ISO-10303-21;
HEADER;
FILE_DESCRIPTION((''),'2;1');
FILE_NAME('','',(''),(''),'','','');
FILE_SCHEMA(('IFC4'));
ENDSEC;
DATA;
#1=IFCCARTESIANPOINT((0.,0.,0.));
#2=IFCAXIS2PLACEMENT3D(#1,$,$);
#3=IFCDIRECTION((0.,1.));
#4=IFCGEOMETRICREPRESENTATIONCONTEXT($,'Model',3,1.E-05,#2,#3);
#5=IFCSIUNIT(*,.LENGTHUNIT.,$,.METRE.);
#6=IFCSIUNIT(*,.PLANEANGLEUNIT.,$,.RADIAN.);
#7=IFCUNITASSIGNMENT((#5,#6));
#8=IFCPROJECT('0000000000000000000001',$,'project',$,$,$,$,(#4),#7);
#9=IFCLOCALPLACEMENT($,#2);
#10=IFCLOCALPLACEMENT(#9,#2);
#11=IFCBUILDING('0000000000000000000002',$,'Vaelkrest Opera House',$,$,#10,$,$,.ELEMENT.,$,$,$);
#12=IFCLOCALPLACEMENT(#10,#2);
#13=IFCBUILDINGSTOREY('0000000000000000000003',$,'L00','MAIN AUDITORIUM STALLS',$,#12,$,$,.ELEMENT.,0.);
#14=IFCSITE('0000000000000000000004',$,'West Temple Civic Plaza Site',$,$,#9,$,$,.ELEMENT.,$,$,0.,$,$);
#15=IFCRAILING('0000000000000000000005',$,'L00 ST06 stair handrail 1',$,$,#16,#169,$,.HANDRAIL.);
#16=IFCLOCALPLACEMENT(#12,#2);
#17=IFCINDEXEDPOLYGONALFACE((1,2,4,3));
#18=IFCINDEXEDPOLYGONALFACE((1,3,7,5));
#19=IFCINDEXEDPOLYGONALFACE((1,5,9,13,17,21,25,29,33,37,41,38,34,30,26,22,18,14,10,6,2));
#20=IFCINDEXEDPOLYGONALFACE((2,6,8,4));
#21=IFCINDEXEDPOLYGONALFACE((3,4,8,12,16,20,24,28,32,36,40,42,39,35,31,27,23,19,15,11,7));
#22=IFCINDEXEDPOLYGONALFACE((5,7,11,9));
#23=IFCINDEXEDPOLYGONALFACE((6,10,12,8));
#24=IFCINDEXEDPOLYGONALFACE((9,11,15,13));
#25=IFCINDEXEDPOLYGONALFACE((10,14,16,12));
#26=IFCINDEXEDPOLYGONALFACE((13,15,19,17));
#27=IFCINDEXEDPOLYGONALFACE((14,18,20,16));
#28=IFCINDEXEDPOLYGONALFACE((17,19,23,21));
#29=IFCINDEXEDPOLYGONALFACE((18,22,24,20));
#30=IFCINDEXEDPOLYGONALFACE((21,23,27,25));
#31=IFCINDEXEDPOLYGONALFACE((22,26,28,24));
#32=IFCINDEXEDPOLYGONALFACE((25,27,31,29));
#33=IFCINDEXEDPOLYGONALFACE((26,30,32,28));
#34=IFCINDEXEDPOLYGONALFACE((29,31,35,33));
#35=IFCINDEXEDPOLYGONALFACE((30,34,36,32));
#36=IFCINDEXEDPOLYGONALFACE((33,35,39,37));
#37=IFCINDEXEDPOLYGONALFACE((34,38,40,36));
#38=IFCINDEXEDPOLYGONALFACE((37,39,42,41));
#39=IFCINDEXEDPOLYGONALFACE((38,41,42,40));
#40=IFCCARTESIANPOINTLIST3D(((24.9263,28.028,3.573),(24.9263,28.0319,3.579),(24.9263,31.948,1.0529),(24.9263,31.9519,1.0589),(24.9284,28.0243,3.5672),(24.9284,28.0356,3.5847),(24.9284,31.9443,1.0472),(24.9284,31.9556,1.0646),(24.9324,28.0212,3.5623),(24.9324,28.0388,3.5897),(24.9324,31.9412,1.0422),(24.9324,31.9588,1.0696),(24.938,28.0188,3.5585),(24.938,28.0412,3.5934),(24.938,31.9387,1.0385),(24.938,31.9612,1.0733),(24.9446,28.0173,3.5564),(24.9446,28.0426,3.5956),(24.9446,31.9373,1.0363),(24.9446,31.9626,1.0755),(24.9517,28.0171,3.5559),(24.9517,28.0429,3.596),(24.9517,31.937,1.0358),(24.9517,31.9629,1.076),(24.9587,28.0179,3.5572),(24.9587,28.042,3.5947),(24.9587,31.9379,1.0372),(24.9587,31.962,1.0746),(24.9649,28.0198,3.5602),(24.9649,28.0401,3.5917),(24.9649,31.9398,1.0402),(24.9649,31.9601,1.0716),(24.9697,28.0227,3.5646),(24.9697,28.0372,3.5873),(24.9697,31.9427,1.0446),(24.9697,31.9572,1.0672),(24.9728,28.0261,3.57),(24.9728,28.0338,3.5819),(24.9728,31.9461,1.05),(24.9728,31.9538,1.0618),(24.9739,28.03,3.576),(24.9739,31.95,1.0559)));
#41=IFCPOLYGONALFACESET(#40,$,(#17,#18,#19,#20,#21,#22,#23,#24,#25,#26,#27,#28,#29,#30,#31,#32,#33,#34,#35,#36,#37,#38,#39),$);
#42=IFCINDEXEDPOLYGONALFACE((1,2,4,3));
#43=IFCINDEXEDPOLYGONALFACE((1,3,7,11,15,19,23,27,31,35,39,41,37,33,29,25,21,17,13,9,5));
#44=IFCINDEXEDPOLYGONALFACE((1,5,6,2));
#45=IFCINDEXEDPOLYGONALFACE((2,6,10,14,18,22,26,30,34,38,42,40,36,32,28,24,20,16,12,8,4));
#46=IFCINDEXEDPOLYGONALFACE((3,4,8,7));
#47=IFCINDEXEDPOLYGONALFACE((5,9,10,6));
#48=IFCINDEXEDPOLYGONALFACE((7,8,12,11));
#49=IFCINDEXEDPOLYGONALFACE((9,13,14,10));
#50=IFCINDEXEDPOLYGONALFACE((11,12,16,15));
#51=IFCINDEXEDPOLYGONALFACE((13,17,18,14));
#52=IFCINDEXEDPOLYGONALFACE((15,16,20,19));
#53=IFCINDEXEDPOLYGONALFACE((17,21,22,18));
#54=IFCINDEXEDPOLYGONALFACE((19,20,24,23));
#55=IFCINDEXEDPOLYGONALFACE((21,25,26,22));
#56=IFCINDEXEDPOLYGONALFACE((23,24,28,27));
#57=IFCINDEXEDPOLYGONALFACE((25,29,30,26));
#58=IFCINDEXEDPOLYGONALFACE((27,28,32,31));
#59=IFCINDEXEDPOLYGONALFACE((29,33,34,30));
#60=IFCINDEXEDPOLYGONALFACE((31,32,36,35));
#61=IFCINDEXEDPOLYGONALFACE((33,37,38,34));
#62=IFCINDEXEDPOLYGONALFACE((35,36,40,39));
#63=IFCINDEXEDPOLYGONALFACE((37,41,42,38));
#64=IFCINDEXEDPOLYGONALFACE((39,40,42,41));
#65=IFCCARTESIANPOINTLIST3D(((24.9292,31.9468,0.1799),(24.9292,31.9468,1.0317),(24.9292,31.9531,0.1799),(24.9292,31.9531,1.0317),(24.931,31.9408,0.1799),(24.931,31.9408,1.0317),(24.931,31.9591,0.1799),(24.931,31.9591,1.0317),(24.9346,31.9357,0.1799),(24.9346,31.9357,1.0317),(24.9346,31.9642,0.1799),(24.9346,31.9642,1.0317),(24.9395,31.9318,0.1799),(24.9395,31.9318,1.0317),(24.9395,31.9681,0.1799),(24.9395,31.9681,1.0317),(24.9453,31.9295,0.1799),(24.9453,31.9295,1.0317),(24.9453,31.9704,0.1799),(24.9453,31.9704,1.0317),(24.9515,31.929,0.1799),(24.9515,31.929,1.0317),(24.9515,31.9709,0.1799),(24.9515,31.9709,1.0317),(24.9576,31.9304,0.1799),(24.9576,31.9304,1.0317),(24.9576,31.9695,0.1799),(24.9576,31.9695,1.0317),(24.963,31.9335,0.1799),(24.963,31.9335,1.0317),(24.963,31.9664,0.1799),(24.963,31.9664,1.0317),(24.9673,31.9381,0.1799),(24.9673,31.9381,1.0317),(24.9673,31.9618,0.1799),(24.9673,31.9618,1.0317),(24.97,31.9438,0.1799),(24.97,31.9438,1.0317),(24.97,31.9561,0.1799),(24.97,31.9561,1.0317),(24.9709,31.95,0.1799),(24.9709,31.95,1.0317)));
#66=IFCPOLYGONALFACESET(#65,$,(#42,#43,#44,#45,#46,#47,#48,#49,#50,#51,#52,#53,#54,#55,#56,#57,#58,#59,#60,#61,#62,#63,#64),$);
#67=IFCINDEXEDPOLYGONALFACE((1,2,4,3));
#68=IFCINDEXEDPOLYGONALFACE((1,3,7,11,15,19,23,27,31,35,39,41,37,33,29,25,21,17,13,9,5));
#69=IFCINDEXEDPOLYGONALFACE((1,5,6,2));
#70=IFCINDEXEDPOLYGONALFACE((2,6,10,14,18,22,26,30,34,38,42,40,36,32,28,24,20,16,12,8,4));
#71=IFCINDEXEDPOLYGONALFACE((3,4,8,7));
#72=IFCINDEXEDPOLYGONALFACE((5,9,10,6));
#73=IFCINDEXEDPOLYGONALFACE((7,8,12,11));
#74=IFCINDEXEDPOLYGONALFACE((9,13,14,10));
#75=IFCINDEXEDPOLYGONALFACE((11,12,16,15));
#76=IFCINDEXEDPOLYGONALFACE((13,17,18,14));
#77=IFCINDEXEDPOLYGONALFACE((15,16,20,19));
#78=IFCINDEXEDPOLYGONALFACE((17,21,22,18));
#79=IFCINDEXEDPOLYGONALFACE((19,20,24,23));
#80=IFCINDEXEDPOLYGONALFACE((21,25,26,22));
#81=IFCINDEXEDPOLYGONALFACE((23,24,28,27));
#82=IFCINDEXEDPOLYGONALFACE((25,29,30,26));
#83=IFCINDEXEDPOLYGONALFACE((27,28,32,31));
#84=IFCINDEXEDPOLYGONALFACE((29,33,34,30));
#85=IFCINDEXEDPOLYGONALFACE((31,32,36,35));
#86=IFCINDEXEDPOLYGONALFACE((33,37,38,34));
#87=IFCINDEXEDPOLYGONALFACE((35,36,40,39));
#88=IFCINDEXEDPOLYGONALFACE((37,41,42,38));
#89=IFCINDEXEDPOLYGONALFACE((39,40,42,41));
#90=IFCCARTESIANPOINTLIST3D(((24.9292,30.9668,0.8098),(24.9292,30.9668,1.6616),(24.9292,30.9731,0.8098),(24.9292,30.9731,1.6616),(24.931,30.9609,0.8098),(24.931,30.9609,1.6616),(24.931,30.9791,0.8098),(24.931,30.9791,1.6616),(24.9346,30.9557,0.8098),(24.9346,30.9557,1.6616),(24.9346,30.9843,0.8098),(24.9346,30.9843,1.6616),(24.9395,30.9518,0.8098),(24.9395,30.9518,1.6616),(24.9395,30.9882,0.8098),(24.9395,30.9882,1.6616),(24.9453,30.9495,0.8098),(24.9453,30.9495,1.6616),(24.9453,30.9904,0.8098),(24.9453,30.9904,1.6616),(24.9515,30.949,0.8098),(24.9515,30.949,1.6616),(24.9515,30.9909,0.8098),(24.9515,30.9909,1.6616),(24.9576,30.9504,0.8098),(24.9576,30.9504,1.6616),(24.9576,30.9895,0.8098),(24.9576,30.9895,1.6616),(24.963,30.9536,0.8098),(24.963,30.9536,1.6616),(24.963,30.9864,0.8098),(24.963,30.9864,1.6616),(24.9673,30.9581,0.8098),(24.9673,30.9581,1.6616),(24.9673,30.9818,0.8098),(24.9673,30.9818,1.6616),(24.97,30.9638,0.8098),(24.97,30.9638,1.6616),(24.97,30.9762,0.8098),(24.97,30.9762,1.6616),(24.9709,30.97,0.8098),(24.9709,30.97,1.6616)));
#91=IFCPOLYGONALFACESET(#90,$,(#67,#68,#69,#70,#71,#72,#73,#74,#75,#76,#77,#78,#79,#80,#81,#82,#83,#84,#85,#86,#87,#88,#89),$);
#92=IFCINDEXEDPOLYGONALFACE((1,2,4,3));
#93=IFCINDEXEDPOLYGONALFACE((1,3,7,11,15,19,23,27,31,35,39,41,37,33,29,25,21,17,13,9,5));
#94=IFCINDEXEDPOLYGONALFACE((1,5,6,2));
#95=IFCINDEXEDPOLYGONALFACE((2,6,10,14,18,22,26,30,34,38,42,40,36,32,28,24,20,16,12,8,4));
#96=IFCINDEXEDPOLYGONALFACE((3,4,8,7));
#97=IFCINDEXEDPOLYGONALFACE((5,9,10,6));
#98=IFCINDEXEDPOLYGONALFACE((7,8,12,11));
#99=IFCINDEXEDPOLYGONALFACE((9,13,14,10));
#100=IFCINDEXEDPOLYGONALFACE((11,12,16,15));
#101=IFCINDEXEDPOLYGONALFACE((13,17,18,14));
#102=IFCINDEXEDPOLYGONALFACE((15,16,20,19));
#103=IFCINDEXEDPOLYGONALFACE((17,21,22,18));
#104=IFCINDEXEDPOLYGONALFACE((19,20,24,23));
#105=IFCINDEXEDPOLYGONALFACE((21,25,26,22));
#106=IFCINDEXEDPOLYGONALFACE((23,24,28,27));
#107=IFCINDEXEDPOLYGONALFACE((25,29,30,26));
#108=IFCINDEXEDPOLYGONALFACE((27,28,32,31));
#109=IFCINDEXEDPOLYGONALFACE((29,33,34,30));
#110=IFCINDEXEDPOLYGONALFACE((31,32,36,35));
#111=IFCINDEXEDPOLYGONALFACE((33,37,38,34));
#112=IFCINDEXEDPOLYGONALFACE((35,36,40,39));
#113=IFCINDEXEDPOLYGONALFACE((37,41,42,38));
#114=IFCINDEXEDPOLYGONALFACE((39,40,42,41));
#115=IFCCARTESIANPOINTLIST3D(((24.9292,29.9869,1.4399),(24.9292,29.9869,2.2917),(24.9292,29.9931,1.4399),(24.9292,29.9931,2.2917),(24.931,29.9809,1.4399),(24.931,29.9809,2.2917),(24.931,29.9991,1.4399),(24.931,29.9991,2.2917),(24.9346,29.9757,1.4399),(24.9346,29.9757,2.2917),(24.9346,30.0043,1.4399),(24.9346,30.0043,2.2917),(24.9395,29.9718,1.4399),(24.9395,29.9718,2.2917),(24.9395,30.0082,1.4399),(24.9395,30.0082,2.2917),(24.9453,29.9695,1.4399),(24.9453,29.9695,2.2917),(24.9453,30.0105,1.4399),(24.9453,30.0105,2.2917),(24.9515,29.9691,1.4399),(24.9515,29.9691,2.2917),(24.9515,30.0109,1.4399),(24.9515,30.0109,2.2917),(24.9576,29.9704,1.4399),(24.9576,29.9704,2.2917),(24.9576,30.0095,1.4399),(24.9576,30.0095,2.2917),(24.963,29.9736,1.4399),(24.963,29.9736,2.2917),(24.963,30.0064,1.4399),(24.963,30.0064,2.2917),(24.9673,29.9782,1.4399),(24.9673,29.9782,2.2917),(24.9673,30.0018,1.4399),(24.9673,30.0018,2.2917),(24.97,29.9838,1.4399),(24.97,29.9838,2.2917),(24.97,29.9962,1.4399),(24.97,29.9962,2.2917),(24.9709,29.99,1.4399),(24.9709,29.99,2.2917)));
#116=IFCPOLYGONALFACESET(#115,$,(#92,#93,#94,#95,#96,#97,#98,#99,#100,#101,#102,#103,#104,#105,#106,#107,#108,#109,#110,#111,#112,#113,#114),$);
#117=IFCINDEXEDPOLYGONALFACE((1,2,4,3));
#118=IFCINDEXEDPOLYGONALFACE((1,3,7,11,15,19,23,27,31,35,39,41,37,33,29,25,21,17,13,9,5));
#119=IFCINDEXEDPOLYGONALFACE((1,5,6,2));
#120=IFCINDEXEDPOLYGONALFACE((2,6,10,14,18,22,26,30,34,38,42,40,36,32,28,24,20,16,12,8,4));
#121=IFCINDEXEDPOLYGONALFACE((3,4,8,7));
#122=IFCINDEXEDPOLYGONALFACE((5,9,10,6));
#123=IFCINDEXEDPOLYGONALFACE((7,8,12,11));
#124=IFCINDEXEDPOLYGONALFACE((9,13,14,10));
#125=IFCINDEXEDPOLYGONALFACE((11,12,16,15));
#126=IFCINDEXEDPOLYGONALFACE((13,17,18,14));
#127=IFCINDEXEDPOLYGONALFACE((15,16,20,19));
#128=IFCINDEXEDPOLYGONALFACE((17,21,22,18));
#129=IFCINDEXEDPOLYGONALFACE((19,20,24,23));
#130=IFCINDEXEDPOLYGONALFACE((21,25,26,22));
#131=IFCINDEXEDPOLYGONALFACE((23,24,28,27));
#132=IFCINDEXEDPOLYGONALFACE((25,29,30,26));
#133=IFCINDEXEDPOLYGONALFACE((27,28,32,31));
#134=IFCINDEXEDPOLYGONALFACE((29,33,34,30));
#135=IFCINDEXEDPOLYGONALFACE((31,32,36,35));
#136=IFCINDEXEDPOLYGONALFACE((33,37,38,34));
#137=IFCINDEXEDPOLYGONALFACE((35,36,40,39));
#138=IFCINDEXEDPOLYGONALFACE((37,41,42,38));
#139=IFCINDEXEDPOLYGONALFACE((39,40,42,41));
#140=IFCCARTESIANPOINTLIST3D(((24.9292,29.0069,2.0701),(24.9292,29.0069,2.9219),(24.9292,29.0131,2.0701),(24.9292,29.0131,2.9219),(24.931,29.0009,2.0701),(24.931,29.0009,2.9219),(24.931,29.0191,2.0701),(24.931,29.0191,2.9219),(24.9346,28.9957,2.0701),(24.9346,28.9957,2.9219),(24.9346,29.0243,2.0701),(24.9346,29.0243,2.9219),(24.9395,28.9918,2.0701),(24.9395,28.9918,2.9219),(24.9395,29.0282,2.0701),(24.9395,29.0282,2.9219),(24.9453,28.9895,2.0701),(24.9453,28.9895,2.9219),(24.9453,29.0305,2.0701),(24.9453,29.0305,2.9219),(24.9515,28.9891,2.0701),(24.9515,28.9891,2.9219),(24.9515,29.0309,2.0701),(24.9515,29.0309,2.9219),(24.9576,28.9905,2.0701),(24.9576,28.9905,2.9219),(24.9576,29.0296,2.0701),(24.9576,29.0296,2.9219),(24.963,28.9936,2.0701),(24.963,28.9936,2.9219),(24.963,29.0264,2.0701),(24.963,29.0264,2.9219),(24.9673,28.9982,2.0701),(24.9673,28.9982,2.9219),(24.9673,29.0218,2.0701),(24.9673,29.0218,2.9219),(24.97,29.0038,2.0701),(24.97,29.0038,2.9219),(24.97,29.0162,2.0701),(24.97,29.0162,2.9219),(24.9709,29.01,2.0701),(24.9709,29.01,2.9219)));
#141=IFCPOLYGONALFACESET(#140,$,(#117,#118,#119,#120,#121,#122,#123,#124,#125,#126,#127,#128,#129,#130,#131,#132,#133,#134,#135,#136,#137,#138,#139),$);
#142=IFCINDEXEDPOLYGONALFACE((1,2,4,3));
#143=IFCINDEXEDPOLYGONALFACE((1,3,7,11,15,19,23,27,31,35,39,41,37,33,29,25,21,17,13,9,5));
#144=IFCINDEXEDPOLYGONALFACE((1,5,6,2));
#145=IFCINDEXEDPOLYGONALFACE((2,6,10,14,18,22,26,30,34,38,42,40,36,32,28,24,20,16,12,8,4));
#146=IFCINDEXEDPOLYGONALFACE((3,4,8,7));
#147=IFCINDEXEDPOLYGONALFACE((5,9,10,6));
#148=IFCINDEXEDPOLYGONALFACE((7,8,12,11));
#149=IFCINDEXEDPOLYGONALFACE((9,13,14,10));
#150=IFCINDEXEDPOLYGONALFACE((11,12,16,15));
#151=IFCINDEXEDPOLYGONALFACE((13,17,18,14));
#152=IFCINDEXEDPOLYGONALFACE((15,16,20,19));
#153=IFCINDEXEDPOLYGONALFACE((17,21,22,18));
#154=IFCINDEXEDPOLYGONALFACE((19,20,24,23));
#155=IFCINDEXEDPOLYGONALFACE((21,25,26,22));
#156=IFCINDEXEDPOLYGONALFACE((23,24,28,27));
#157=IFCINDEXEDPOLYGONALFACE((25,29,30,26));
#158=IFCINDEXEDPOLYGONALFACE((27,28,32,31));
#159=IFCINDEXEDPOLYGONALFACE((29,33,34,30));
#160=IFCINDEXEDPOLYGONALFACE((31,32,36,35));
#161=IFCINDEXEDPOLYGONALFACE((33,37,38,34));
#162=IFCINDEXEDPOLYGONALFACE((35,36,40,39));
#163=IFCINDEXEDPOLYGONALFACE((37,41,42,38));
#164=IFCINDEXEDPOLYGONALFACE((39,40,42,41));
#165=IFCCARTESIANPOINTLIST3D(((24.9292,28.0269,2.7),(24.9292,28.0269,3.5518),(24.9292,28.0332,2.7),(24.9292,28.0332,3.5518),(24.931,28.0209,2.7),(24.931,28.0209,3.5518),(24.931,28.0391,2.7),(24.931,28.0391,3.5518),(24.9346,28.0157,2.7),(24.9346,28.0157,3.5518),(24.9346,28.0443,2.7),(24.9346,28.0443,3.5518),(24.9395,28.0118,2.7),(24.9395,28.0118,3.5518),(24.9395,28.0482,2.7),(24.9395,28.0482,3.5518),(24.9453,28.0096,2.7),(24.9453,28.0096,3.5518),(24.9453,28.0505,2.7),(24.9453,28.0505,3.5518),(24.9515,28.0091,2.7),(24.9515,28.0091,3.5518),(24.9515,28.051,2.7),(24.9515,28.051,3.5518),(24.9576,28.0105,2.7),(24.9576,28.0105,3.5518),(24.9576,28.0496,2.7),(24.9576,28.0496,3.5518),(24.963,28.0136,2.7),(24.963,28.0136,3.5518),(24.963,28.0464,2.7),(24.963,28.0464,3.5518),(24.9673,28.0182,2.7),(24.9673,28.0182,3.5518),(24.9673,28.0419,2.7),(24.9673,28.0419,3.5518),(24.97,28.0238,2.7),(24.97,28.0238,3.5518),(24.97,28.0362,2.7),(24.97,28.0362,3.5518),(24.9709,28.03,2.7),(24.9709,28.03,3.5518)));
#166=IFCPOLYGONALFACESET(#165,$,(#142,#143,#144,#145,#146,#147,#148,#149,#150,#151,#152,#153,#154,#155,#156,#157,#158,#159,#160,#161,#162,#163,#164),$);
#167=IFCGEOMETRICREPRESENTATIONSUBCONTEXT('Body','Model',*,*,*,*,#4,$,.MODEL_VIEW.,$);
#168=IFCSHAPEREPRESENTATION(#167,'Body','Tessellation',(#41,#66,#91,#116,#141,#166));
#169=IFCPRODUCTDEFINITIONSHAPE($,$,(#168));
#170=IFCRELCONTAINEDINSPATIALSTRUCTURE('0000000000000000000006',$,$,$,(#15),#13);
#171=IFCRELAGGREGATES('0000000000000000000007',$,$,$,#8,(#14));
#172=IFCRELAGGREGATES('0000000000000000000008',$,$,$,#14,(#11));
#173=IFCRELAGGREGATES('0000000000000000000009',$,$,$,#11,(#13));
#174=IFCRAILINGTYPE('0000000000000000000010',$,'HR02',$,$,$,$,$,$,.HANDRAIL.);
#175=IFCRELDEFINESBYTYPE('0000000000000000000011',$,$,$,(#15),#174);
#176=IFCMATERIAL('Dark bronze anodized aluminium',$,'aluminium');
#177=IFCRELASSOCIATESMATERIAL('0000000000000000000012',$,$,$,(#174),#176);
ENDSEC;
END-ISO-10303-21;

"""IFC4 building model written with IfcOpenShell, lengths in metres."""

from ifc_helpers import new_model, si_unit, direction, frame, origin, origin_2d, place, context, subcontext, project, spatial, circle, extrude, material, type_object, element, save


model = new_model("IFC4")

# Units and contexts
model_context = context("Model", 3, precision=1e-05, world=origin(), true_north=direction((0.0, 1.0)))
body_context = subcontext(model_context, "Body", "Model", "MODEL_VIEW")
ifc_project = project(units=[si_unit("LENGTHUNIT", "METRE"), si_unit("PLANEANGLEUNIT", "RADIAN")], contexts=[model_context])

# Site, building, storey
site_placement = place(None, origin())
site = spatial("IfcSite", under=ifc_project, at=site_placement, Name="West Temple Civic Plaza Site", CompositionType="ELEMENT", RefElevation=0.0)
building_placement = place(site_placement, origin())
building = spatial("IfcBuilding", under=site, at=building_placement, Name="Vaelkrest Opera House", CompositionType="ELEMENT")
storey_placement = place(building_placement, origin())
storey = spatial("IfcBuildingStorey", under=building, at=storey_placement, Name="L00", Description="MAIN AUDITORIUM STALLS", CompositionType="ELEMENT", Elevation=0.0)

# Railing
ifc_material_1 = material(Name="Dark bronze anodized aluminium", Category="aluminium")
railing_type_1 = type_object("IfcRailingType", Name="HR02", PredefinedType="HANDRAIL", material=ifc_material_1)
railing_1_placement = place(storey_placement, frame((24.95, 31.95, 0.1799)))
element("IfcRailing", 1, at=railing_1_placement, inside=storey, type_object=railing_type_1, Name="L00 ST06 stair handrail 1", PredefinedType="HANDRAIL", context=body_context, shape_type="SweptSolid", body=[
    extrude(circle(Radius=0.0239, at=origin_2d()), frame((0.0, 0.0, 0.876), z_axis=(0.0, -0.841172, 0.540768), x_axis=(1.0, 0.0, 0.0)), (0.0, 0.0, 1.0), 4.6602),
    extrude(circle(Radius=0.021, at=origin_2d()), origin(), (0.0, 0.0, 1.0), 0.8518),
    extrude(circle(Radius=0.021, at=origin_2d()), frame((0.0, -0.98, 0.6299)), (0.0, 0.0, 1.0), 0.8518),
    extrude(circle(Radius=0.021, at=origin_2d()), frame((0.0, -1.96, 1.26)), (0.0, 0.0, 1.0), 0.8518),
    extrude(circle(Radius=0.021, at=origin_2d()), frame((0.0, -2.9399, 1.8901)), (0.0, 0.0, 1.0), 0.8518),
    extrude(circle(Radius=0.021, at=origin_2d()), frame((0.0, -3.9199, 2.52)), (0.0, 0.0, 1.0), 0.8518),
])

save(model, "model.ifc")
